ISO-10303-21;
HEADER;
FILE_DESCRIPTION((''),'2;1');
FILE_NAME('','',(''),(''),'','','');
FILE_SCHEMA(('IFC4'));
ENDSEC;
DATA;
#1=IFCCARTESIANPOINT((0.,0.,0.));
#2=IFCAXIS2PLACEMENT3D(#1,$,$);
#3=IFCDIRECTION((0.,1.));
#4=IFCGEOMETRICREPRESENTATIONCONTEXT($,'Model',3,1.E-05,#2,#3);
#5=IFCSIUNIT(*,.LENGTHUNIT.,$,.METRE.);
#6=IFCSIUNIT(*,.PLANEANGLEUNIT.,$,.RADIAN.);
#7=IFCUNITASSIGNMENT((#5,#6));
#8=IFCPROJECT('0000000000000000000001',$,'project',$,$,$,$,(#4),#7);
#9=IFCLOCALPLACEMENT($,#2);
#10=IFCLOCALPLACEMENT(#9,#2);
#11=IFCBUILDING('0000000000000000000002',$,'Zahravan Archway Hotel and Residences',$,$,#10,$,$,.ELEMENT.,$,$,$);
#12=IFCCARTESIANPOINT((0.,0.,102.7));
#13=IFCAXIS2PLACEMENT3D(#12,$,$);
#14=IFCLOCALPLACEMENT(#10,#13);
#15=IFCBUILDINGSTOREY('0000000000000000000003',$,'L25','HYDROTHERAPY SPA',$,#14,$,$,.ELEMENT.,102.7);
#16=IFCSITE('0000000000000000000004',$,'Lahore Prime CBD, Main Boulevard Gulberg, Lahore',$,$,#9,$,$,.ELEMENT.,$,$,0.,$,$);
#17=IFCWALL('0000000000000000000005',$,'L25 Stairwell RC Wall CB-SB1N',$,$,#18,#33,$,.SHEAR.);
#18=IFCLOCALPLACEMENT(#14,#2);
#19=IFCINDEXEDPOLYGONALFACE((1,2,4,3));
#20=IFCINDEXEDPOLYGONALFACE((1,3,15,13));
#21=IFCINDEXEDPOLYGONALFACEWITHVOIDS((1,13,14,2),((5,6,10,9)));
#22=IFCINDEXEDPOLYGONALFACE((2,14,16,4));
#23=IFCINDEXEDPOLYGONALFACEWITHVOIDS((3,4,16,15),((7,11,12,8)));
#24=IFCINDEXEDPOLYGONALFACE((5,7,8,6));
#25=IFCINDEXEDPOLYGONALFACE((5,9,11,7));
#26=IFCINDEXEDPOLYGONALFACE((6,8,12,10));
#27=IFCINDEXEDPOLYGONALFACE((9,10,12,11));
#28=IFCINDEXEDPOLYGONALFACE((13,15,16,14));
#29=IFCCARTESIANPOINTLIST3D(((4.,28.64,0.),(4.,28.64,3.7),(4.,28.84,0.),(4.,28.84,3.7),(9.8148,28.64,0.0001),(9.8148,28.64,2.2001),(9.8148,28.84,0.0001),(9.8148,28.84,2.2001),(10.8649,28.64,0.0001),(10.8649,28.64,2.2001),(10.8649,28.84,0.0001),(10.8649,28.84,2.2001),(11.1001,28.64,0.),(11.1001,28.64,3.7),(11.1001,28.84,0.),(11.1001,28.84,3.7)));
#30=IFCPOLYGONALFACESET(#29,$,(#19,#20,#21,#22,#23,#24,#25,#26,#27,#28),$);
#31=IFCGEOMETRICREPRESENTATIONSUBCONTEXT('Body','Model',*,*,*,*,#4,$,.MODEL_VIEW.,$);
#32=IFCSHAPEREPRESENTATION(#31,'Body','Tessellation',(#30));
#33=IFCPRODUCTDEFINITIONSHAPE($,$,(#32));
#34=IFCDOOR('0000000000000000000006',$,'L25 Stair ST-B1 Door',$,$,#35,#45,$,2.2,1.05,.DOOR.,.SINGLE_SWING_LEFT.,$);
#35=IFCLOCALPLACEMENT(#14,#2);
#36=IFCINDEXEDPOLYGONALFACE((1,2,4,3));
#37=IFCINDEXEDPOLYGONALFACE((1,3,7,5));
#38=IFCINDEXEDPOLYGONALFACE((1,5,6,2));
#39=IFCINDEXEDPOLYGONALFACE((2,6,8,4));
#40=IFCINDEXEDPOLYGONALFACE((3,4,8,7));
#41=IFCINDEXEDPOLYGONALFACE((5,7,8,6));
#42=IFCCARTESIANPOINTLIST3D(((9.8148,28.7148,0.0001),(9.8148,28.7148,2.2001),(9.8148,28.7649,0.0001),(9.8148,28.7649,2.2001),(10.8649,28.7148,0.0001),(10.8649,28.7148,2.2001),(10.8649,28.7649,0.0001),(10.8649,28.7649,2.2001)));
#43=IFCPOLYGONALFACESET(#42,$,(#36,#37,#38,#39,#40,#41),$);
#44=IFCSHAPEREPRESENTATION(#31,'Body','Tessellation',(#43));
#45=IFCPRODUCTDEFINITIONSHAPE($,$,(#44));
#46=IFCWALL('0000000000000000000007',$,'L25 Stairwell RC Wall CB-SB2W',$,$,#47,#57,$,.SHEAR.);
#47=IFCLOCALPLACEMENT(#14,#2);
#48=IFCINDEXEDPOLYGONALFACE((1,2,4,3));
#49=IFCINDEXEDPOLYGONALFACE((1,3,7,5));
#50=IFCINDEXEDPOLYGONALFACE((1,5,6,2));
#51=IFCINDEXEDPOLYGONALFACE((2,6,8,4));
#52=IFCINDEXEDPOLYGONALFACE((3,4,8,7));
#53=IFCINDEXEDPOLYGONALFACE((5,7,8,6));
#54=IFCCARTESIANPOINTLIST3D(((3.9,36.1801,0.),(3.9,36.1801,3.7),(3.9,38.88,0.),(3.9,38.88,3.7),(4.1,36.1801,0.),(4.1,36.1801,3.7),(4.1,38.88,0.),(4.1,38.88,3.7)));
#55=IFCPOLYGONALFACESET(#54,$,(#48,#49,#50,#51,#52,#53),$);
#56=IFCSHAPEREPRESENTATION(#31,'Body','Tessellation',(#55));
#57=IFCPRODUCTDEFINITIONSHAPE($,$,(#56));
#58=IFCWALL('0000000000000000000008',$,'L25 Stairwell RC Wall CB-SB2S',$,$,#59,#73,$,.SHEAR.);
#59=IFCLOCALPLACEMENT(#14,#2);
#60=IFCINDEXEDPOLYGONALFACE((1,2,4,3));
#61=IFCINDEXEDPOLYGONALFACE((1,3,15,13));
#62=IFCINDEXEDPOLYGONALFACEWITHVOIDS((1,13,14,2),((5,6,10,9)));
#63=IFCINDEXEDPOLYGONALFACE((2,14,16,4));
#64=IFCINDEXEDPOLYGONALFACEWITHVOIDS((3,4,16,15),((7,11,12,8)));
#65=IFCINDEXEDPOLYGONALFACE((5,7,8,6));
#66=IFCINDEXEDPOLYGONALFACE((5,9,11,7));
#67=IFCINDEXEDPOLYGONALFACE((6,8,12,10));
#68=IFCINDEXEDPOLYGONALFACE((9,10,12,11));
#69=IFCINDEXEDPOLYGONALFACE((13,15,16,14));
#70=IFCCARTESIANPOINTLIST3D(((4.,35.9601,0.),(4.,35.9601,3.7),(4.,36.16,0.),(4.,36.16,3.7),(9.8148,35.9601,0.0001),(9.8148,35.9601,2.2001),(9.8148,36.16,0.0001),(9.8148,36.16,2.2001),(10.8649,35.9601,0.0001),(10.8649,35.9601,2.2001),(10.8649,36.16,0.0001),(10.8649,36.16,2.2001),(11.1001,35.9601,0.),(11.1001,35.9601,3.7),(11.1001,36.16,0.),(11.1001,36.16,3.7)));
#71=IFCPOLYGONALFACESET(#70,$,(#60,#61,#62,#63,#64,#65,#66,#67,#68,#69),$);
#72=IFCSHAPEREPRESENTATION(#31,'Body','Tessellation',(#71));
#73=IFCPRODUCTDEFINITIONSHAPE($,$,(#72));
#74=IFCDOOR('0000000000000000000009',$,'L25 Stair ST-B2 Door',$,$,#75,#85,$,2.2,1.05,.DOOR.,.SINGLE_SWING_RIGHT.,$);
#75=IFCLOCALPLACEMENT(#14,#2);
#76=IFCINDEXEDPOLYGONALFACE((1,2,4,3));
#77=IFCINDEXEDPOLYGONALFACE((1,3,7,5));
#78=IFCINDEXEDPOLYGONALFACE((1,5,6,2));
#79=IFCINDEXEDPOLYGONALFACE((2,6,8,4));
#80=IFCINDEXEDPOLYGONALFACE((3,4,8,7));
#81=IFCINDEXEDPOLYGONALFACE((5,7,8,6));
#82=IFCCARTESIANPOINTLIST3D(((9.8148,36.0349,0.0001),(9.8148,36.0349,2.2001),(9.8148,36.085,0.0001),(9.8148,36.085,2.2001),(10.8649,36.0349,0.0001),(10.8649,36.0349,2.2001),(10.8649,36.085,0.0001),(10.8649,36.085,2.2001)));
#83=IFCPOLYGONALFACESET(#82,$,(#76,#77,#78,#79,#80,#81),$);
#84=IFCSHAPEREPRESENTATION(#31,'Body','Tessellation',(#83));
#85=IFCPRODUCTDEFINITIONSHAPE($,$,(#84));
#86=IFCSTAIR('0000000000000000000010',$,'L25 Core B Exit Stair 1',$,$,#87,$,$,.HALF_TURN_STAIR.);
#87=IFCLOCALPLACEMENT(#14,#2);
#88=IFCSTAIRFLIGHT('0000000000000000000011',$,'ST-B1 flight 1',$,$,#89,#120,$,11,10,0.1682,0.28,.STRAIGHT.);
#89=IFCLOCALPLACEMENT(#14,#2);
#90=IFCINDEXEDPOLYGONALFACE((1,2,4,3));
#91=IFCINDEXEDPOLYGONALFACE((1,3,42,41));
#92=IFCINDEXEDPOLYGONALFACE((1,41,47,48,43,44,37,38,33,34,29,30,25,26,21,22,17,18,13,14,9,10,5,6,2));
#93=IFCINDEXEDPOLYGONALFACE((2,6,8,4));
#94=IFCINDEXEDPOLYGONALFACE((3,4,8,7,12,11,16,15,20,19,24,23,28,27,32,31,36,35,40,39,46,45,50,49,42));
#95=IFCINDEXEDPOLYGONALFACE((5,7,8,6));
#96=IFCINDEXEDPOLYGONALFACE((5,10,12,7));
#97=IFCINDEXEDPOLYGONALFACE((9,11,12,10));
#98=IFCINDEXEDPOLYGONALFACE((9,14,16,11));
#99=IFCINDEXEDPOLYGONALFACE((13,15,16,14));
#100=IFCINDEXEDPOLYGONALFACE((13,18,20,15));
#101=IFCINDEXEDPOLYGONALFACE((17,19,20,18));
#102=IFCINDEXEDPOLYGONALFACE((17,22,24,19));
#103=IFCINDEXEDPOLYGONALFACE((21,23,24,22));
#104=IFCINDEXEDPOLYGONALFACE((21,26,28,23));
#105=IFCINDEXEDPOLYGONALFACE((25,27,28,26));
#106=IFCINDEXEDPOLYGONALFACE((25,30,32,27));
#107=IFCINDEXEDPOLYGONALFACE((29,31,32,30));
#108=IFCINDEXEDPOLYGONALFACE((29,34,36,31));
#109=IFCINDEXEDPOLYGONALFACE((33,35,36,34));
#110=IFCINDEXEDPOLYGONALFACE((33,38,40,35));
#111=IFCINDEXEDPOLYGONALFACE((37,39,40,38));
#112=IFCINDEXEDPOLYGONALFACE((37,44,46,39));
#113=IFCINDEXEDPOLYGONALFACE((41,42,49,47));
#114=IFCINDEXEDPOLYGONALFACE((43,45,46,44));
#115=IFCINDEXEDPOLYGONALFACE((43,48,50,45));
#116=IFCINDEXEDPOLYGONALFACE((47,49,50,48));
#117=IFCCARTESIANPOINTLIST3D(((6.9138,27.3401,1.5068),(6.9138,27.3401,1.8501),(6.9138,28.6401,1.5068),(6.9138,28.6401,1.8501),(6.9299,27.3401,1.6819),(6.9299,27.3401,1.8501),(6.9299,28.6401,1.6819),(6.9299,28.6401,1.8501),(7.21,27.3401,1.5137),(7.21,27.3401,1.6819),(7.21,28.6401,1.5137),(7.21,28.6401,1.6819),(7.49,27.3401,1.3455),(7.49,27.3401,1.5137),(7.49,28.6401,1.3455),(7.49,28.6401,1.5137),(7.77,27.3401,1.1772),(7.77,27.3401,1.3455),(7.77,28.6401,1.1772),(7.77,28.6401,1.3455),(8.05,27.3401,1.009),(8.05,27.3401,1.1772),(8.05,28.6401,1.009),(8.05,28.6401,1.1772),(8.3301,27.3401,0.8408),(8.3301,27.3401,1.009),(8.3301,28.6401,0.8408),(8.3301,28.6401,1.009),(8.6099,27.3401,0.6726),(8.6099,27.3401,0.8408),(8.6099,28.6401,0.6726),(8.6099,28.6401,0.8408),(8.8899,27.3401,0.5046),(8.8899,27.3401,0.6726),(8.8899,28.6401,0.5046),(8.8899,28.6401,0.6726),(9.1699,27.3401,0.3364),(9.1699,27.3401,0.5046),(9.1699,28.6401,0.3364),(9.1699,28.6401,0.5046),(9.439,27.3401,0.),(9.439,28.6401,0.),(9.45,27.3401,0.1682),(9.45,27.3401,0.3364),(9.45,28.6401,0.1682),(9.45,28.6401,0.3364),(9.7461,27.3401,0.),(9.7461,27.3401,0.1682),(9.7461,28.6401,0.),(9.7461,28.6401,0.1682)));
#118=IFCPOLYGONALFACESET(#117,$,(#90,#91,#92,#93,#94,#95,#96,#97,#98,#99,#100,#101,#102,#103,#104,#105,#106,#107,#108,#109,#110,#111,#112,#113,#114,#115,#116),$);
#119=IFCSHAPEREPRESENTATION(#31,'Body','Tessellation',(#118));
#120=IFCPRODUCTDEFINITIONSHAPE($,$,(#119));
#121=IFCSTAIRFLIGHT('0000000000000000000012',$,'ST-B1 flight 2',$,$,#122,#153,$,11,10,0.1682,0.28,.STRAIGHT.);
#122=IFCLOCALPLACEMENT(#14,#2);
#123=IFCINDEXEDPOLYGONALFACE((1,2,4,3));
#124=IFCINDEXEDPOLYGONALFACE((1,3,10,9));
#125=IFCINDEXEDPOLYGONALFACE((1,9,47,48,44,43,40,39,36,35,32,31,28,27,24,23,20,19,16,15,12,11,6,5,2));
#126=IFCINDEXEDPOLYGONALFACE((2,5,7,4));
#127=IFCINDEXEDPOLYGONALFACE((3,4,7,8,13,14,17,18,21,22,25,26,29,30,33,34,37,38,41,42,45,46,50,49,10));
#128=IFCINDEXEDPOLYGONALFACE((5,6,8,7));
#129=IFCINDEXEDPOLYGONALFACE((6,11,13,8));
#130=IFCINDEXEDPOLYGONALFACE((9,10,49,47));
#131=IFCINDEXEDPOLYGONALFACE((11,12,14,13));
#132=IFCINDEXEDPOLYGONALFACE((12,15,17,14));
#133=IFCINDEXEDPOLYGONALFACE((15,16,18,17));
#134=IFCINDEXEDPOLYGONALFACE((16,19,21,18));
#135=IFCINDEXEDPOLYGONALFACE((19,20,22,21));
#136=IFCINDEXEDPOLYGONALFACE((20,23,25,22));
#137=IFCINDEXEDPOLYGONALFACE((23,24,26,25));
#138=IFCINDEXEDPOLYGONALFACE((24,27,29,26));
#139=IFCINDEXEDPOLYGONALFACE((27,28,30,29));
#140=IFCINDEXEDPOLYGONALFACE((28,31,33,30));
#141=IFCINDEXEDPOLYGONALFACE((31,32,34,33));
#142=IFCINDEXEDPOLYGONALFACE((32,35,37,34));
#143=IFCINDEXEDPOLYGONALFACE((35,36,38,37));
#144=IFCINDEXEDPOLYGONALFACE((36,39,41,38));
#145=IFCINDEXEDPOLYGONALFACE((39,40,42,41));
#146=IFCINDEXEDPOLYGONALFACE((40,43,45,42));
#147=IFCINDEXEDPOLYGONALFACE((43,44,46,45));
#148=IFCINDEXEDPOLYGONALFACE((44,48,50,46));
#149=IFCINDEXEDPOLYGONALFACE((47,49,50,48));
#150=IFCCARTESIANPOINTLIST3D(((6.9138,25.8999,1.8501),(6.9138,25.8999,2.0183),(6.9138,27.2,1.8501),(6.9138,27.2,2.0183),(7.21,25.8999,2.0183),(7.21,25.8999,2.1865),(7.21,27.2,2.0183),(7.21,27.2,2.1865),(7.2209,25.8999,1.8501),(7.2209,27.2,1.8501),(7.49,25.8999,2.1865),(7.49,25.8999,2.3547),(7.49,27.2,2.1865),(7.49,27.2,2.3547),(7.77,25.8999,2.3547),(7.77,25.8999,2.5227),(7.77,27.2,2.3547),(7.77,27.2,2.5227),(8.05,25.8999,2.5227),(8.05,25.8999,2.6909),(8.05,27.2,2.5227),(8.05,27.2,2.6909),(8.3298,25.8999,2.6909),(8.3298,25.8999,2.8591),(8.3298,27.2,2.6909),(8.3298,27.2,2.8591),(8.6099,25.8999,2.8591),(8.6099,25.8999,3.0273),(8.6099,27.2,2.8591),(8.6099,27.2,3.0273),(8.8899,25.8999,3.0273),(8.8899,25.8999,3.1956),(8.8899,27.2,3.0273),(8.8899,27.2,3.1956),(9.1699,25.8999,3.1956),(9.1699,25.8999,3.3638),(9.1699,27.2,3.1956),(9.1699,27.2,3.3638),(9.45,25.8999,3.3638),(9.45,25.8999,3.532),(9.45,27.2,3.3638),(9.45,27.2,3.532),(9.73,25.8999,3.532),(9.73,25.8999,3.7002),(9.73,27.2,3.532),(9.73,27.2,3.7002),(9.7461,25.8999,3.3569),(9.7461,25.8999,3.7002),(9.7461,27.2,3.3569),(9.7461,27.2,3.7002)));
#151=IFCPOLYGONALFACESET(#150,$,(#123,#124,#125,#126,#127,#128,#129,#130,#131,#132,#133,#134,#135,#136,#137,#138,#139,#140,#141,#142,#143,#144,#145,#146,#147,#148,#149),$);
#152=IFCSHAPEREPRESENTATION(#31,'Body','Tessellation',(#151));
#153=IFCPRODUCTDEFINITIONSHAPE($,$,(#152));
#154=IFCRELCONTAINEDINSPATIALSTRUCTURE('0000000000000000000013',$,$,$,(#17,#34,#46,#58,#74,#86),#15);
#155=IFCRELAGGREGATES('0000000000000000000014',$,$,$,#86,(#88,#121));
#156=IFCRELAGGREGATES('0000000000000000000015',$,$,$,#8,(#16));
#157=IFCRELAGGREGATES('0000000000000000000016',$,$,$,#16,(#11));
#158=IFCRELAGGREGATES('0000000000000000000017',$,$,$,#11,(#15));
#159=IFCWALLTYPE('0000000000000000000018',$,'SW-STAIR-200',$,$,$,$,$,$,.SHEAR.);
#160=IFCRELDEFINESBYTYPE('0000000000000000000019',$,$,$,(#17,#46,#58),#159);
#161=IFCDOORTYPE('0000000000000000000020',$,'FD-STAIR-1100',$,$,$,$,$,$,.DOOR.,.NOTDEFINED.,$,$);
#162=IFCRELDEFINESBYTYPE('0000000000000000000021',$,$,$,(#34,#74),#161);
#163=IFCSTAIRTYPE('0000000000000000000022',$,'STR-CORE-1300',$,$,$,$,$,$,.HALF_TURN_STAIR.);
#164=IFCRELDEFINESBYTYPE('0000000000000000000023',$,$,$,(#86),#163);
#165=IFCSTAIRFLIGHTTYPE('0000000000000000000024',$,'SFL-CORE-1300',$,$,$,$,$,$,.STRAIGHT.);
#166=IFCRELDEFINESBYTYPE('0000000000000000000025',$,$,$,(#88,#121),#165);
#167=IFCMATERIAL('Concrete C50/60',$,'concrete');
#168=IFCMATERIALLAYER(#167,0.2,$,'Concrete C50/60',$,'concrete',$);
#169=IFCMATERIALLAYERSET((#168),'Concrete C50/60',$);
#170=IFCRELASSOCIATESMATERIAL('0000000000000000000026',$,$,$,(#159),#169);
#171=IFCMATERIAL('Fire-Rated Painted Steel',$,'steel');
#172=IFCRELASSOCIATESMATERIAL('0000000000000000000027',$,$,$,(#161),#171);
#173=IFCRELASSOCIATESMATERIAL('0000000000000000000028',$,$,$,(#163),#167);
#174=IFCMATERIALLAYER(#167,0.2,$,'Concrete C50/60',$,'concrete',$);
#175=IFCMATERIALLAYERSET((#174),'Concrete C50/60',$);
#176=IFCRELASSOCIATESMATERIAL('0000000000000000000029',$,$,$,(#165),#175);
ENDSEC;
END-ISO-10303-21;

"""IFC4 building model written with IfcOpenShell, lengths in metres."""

from ifc_helpers import new_model, si_unit, direction, frame, frame_2d, origin, place, context, subcontext, project, spatial, polyline, rectangle, outline, extrude, source, transform, mapped, material, layer, layer_set, type_object, type_shapes, element, fill, aggregate, save


model = new_model("IFC4")

# Units and contexts
model_context = context("Model", 3, precision=1e-05, world=origin(), true_north=direction((0.0, 1.0)))
body_context = subcontext(model_context, "Body", "Model", "MODEL_VIEW")
ifc_project = project(units=[si_unit("LENGTHUNIT", "METRE"), si_unit("PLANEANGLEUNIT", "RADIAN")], contexts=[model_context])

# Site, building, storey
site_placement = place(None, origin())
site = spatial("IfcSite", under=ifc_project, at=site_placement, Name="Lahore Prime CBD, Main Boulevard Gulberg, Lahore", CompositionType="ELEMENT", RefElevation=0.0)
building_placement = place(site_placement, origin())
building = spatial("IfcBuilding", under=site, at=building_placement, Name="Zahravan Archway Hotel and Residences", CompositionType="ELEMENT")
storey_placement = place(building_placement, frame((0.0, 0.0, 102.7)))
storey = spatial("IfcBuildingStorey", under=building, at=storey_placement, Name="L25", Description="HYDROTHERAPY SPA", CompositionType="ELEMENT", Elevation=102.7)

# Shared definitions
ifc_material_1 = material(Name="Fire-Rated Painted Steel", Category="steel")

# Shared definitions
ifc_material_2 = material(Name="Concrete C50/60", Category="concrete")
ifc_layer_1 = layer(ifc_material_2, 0.2, Name="Concrete C50/60", Category="concrete")
ifc_layer_set_1 = layer_set([ifc_layer_1], Name="Concrete C50/60")
wall_type_1 = type_object("IfcWallType", Name="SW-STAIR-200", PredefinedType="SHEAR", material=ifc_layer_set_1)

# Wall, opening, door
wall_1_placement = place(storey_placement, frame((4.0, 28.74, 0.0), z_axis=(0.0, 0.0, 1.0), x_axis=(1.0, 0.0, 0.0)))
wall_1 = element("IfcWall", 1, at=wall_1_placement, inside=storey, type_object=wall_type_1, Name="L25 Stairwell RC Wall CB-SB1N", PredefinedType="SHEAR", context=body_context, shape_type="SweptSolid", body=[
    extrude(rectangle(XDim=7.1001, YDim=0.2, at=frame_2d((3.55, 0.0))), origin(), (0.0, 0.0, 1.0), 3.7),
])
opening_1_placement = place(wall_1_placement, frame((5.8149, 0.0, 0.0)))
opening_1 = element("IfcOpeningElement", 2, at=opening_1_placement, cuts=wall_1, PredefinedType="OPENING", context=body_context, shape_type="SweptSolid", body=[
    extrude(rectangle(XDim=1.05, YDim=2.2, at=frame_2d((0.5249, 1.1001))), frame((0.0, 0.1099, 0.0), z_axis=(0.0, -1.0, 0.0), x_axis=(1.0, 0.0, 0.0)), (0.0, 0.0, 1.0), 0.22),
])
door_type_1 = type_object("IfcDoorType", Name="FD-STAIR-1100", OperationType="NOTDEFINED", PredefinedType="DOOR", material=ifc_material_1)
shared_shape_1 = source(origin(), body_context, "Body", "SweptSolid", [
    extrude(rectangle(XDim=1.05, YDim=2.2, at=frame_2d((0.5249, 1.1001))), frame((0.0, 0.0249, 0.0), z_axis=(0.0, -1.0, 0.0), x_axis=(1.0, 0.0, 0.0)), (0.0, 0.0, 1.0), 0.05),
])
type_shapes(door_type_1, [shared_shape_1])
door_1_placement = place(opening_1_placement, origin())
door_1 = element("IfcDoor", 3, at=door_1_placement, inside=storey, type_object=door_type_1, Name="L25 Stair ST-B1 Door", OperationType="SINGLE_SWING_LEFT", OverallHeight=2.2, OverallWidth=1.05, PredefinedType="DOOR", context=body_context, shape_type="MappedRepresentation", body=[
    mapped(shared_shape_1, transform((0.0, 0.0, 0.0), scale=1.0)),
])
fill(opening_1, door_1)

# Wall
wall_2_placement = place(storey_placement, frame((4.0, 36.1799, 0.0), z_axis=(0.0, 0.0, 1.0), x_axis=(0.0, 1.0, 0.0)))
element("IfcWall", 4, at=wall_2_placement, inside=storey, type_object=wall_type_1, Name="L25 Stairwell RC Wall CB-SB2W", PredefinedType="SHEAR", context=body_context, shape_type="SweptSolid", body=[
    extrude(rectangle(XDim=2.7, YDim=0.2, at=frame_2d((1.3501, 0.0))), origin(), (0.0, 0.0, 1.0), 3.7),
])

# Wall, opening, door
wall_3_placement = place(storey_placement, frame((4.0, 36.0601, 0.0), z_axis=(0.0, 0.0, 1.0), x_axis=(1.0, 0.0, 0.0)))
wall_3 = element("IfcWall", 5, at=wall_3_placement, inside=storey, type_object=wall_type_1, Name="L25 Stairwell RC Wall CB-SB2S", PredefinedType="SHEAR", context=body_context, shape_type="SweptSolid", body=[
    extrude(rectangle(XDim=7.1001, YDim=0.2, at=frame_2d((3.55, 0.0))), origin(), (0.0, 0.0, 1.0), 3.7),
])
opening_2_placement = place(wall_3_placement, frame((5.8149, 0.0, 0.0)))
opening_2 = element("IfcOpeningElement", 6, at=opening_2_placement, cuts=wall_3, PredefinedType="OPENING", context=body_context, shape_type="SweptSolid", body=[
    extrude(rectangle(XDim=1.05, YDim=2.2, at=frame_2d((0.5249, 1.1001))), frame((0.0, 0.1099, 0.0), z_axis=(0.0, -1.0, 0.0), x_axis=(1.0, 0.0, 0.0)), (0.0, 0.0, 1.0), 0.22),
])
door_2_placement = place(opening_2_placement, origin())
door_2 = element("IfcDoor", 7, at=door_2_placement, inside=storey, type_object=door_type_1, Name="L25 Stair ST-B2 Door", OperationType="SINGLE_SWING_RIGHT", OverallHeight=2.2, OverallWidth=1.05, PredefinedType="DOOR", context=body_context, shape_type="MappedRepresentation", body=[
    mapped(shared_shape_1, transform((0.0, 0.0, 0.0), scale=1.0)),
])
fill(opening_2, door_2)

# Stair, stair flights
stair_type = type_object("IfcStairType", Name="STR-CORE-1300", PredefinedType="HALF_TURN_STAIR", material=ifc_material_2)
stair_placement = place(storey_placement, origin())
stair = element("IfcStair", 8, at=stair_placement, inside=storey, type_object=stair_type, Name="L25 Core B Exit Stair 1", PredefinedType="HALF_TURN_STAIR")
ifc_layer_2 = layer(ifc_material_2, 0.2, Name="Concrete C50/60", Category="concrete")
ifc_layer_set_2 = layer_set([ifc_layer_2], Name="Concrete C50/60")
stair_flight_type = type_object("IfcStairFlightType", Name="SFL-CORE-1300", PredefinedType="STRAIGHT", material=ifc_layer_set_2)
shared_shape_2 = source(origin(), body_context, "Body", "SweptSolid", [
    extrude(outline(polyline([(-0.0161, 0.0), (-0.0161, 0.1682), (0.28, 0.1682), (0.28, 0.3364), (0.5601, 0.3364), (0.5601, 0.5046), (0.8401, 0.5046), (0.8401, 0.6726), (1.1201, 0.6726), (1.1201, 0.8408), (1.3999, 0.8408), (1.3999, 1.009), (1.6799, 1.009), (1.6799, 1.1772), (1.96, 1.1772), (1.96, 1.3455), (2.24, 1.3455), (2.24, 1.5137), (2.52, 1.5137), (2.52, 1.6819), (2.8, 1.6819), (2.8, 1.8501), (2.8162, 1.8501), (2.8162, 1.5068), (0.291, 0.0), (-0.0161, 0.0)])), frame((0.0, 0.6499, 0.0), z_axis=(0.0, -1.0, 0.0), x_axis=(1.0, 0.0, 0.0)), (0.0, 0.0, 1.0), 1.3),
])
stair_flight_1_placement = place(storey_placement, frame((9.73, 27.99, 0.0), z_axis=(0.0, 0.0, 1.0), x_axis=(-1.0, 0.0, 0.0)))
stair_flight_1 = element("IfcStairFlight", 9, at=stair_flight_1_placement, type_object=stair_flight_type, Name="ST-B1 flight 1", NumberOfRisers=11, NumberOfTreads=10, PredefinedType="STRAIGHT", RiserHeight=0.1682, TreadLength=0.28, context=body_context, shape_type="MappedRepresentation", body=[
    mapped(shared_shape_2, transform((0.0, 0.0, 0.0), scale=1.0)),
])
stair_flight_2_placement = place(storey_placement, frame((6.9299, 26.55, 1.8501), z_axis=(0.0, 0.0, 1.0), x_axis=(1.0, 0.0, 0.0)))
stair_flight_2 = element("IfcStairFlight", 10, at=stair_flight_2_placement, type_object=stair_flight_type, Name="ST-B1 flight 2", NumberOfRisers=11, NumberOfTreads=10, PredefinedType="STRAIGHT", RiserHeight=0.1682, TreadLength=0.28, context=body_context, shape_type="MappedRepresentation", body=[
    mapped(shared_shape_2, transform((0.0, 0.0, 0.0), scale=1.0)),
])
aggregate(stair, [stair_flight_1, stair_flight_2])

save(model, "model.ifc")
